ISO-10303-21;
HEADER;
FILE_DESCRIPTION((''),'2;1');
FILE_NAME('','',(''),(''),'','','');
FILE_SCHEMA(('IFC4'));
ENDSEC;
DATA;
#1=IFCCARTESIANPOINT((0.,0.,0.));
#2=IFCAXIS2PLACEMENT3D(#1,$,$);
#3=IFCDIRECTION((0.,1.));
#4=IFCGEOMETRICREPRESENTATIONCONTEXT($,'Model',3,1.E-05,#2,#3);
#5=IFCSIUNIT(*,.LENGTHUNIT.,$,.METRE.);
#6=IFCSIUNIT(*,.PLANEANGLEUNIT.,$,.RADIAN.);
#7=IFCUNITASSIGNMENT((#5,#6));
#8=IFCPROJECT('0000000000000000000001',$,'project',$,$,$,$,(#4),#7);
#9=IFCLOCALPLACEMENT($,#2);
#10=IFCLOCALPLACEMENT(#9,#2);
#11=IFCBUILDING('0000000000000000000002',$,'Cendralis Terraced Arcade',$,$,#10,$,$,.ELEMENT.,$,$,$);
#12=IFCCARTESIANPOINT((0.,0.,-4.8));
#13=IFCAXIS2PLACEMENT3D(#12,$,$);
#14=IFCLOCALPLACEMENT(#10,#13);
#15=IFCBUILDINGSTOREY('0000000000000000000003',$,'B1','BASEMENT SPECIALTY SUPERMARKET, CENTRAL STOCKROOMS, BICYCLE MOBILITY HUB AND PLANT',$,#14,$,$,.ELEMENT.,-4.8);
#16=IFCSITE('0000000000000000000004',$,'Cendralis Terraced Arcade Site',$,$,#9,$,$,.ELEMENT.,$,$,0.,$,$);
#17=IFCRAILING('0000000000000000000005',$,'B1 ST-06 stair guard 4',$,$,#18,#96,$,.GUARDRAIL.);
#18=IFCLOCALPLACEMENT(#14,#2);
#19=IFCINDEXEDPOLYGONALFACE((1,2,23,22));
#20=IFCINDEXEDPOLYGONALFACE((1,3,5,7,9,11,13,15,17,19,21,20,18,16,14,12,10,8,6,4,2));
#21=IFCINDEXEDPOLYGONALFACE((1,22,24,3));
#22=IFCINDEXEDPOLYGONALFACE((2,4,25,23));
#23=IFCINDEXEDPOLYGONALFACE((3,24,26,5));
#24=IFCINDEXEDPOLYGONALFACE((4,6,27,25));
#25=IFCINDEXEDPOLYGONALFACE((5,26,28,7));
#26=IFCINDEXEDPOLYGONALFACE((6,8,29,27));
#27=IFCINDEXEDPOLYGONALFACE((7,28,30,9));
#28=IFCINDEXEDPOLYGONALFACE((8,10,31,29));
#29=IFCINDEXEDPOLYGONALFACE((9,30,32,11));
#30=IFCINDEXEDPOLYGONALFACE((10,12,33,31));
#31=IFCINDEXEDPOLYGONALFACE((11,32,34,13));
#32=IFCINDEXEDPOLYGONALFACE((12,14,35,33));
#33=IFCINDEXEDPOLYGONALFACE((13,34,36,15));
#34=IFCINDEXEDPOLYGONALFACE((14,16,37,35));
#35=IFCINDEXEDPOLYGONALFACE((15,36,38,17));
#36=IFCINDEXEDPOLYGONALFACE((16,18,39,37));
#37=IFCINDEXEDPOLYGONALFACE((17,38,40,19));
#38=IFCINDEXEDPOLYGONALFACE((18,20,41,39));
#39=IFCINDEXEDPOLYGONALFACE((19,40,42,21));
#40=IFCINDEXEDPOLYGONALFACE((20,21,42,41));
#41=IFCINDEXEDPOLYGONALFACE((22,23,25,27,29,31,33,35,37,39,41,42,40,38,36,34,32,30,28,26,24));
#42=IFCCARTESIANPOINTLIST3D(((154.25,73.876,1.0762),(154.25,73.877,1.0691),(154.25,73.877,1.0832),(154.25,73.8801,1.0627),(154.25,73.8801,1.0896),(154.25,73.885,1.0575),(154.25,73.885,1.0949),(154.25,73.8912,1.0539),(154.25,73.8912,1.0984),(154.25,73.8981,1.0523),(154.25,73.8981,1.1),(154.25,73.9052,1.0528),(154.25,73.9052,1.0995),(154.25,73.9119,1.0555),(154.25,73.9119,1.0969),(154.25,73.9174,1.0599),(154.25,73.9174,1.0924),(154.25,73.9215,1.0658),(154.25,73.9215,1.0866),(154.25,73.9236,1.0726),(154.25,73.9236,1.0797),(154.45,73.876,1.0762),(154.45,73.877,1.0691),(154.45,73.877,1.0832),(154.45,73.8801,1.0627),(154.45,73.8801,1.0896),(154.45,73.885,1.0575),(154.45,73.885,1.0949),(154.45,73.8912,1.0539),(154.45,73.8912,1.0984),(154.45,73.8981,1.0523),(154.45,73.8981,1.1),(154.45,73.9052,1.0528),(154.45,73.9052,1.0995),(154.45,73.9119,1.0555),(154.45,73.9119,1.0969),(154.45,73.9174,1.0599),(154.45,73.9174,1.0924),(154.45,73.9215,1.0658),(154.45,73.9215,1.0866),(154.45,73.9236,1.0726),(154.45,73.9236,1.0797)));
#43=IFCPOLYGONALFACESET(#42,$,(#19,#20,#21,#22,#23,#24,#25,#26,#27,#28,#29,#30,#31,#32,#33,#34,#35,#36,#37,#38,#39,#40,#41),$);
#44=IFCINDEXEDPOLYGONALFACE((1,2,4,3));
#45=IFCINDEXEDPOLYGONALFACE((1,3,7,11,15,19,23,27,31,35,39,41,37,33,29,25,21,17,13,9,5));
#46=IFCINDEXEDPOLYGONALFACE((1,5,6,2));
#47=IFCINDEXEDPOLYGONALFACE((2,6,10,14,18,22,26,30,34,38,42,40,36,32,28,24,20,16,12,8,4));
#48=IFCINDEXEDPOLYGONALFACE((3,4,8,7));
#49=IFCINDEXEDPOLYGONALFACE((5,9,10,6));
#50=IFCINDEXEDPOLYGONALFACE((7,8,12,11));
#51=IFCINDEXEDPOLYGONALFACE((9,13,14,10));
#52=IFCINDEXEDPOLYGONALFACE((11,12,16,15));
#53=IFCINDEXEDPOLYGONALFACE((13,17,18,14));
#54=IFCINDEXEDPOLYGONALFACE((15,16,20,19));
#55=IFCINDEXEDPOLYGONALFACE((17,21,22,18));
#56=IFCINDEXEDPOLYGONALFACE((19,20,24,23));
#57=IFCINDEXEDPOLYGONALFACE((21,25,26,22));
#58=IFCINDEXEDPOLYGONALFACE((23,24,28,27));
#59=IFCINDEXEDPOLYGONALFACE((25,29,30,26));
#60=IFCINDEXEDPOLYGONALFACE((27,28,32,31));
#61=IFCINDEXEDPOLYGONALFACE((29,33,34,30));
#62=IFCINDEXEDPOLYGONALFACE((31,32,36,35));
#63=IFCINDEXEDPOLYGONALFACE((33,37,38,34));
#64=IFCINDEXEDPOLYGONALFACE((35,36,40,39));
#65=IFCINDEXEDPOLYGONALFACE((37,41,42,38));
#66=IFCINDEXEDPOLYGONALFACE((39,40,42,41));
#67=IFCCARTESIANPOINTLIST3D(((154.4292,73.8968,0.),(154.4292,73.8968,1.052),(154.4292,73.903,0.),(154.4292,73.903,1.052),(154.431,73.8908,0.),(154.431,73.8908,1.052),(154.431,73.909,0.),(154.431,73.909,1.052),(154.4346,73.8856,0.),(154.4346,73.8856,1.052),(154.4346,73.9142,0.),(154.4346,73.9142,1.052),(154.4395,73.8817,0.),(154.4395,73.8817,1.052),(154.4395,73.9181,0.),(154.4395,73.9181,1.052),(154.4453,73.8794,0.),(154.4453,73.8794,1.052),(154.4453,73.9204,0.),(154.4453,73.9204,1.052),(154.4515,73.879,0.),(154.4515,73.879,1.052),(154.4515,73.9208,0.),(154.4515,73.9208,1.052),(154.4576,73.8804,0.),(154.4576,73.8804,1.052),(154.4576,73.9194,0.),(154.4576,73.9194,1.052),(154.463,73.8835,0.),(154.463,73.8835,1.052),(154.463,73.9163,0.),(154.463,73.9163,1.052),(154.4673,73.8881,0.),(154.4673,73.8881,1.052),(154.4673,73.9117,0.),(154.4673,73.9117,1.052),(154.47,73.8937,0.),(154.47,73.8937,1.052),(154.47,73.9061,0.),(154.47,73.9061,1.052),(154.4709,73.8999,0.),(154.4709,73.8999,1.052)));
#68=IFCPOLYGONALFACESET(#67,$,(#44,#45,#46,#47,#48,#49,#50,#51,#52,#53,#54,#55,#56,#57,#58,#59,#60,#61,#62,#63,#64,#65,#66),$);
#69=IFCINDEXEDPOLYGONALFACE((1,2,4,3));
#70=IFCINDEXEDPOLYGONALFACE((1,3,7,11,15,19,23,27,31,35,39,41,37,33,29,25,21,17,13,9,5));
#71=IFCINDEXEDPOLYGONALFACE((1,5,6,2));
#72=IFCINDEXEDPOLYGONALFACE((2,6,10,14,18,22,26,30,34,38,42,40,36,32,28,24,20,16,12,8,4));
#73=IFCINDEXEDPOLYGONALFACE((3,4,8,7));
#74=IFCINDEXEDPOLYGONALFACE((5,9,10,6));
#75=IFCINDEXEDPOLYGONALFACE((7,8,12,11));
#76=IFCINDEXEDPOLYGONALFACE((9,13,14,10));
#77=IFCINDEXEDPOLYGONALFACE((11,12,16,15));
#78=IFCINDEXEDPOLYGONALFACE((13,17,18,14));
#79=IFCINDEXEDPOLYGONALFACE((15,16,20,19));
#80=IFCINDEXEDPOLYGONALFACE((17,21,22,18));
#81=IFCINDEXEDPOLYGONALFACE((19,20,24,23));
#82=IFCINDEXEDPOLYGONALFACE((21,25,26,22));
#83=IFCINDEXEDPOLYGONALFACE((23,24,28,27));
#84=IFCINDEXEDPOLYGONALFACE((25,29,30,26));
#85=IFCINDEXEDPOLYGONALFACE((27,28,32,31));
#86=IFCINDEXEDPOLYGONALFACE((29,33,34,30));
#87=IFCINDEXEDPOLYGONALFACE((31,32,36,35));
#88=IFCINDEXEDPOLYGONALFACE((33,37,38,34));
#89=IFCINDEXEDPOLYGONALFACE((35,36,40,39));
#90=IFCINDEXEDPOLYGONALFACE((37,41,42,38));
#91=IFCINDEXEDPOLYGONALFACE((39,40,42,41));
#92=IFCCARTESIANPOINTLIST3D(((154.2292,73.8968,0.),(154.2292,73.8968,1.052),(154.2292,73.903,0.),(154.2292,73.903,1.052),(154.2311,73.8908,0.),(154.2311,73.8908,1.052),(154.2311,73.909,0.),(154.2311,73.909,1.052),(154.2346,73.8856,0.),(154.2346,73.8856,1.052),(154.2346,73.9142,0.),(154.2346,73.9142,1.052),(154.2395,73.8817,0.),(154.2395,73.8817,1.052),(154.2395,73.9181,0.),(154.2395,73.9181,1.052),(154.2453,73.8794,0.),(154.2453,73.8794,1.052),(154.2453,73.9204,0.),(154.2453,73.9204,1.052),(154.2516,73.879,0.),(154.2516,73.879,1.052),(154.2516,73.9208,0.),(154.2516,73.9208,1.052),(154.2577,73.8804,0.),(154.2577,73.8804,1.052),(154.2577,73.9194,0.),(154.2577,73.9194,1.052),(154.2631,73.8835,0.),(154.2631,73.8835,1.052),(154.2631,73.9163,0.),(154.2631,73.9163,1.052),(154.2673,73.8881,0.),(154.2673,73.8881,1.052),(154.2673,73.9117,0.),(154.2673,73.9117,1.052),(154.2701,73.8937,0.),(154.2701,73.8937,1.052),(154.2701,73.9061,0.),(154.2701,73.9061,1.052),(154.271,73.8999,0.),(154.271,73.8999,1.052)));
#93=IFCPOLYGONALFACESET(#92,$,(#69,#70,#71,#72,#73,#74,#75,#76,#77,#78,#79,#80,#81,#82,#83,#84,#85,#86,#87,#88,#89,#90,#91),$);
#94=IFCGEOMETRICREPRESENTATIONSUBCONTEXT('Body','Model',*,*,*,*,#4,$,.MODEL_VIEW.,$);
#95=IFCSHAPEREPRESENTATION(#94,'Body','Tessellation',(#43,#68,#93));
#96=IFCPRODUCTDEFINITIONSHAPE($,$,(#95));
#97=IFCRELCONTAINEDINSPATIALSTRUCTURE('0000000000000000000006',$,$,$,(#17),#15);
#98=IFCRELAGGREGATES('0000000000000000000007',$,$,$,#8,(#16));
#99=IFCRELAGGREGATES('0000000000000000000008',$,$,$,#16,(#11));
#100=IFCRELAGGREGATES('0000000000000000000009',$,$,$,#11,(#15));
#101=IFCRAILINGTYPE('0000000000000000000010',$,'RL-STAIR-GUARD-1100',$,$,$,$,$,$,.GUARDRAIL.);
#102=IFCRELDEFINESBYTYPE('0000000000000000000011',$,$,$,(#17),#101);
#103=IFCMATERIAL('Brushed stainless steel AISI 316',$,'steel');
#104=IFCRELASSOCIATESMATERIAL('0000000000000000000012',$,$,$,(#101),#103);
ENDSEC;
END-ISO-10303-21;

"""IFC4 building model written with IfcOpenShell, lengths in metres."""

from ifc_helpers import new_model, si_unit, direction, frame, origin, origin_2d, place, context, subcontext, project, spatial, circle, extrude, material, type_object, element, save


model = new_model("IFC4")

# Units and contexts
model_context = context("Model", 3, precision=1e-05, world=origin(), true_north=direction((0.0, 1.0)))
body_context = subcontext(model_context, "Body", "Model", "MODEL_VIEW")
ifc_project = project(units=[si_unit("LENGTHUNIT", "METRE"), si_unit("PLANEANGLEUNIT", "RADIAN")], contexts=[model_context])

# Site, building, storey
site_placement = place(None, origin())
site = spatial("IfcSite", under=ifc_project, at=site_placement, Name="Cendralis Terraced Arcade Site", CompositionType="ELEMENT", RefElevation=0.0)
building_placement = place(site_placement, origin())
building = spatial("IfcBuilding", under=site, at=building_placement, Name="Cendralis Terraced Arcade", CompositionType="ELEMENT")
storey_placement = place(building_placement, frame((0.0, 0.0, -4.8)))
storey = spatial("IfcBuildingStorey", under=building, at=storey_placement, Name="B1", Description="BASEMENT SPECIALTY SUPERMARKET, CENTRAL STOCKROOMS, BICYCLE MOBILITY HUB AND PLANT", CompositionType="ELEMENT", Elevation=-4.8)

# Railing
ifc_material_1 = material(Name="Brushed stainless steel AISI 316", Category="steel")
railing_type_1 = type_object("IfcRailingType", Name="RL-STAIR-GUARD-1100", PredefinedType="GUARDRAIL", material=ifc_material_1)
railing_1_placement = place(storey_placement, frame((154.45, 73.8999, 0.0)))
element("IfcRailing", 1, at=railing_1_placement, inside=storey, type_object=railing_type_1, Name="B1 ST-06 stair guard 4", PredefinedType="GUARDRAIL", context=body_context, shape_type="SweptSolid", body=[
    extrude(circle(Radius=0.0239, at=origin_2d()), frame((0.0, 0.0, 1.0762), z_axis=(-1.0, 0.0, 0.0), x_axis=(0.0, -1.0, 0.0)), (0.0, 0.0, 1.0), 0.2),
    extrude(circle(Radius=0.021, at=origin_2d()), origin(), (0.0, 0.0, 1.0), 1.052),
    extrude(circle(Radius=0.021, at=origin_2d()), frame((-0.2, 0.0, 0.0)), (0.0, 0.0, 1.0), 1.052),
])

save(model, "model.ifc")
